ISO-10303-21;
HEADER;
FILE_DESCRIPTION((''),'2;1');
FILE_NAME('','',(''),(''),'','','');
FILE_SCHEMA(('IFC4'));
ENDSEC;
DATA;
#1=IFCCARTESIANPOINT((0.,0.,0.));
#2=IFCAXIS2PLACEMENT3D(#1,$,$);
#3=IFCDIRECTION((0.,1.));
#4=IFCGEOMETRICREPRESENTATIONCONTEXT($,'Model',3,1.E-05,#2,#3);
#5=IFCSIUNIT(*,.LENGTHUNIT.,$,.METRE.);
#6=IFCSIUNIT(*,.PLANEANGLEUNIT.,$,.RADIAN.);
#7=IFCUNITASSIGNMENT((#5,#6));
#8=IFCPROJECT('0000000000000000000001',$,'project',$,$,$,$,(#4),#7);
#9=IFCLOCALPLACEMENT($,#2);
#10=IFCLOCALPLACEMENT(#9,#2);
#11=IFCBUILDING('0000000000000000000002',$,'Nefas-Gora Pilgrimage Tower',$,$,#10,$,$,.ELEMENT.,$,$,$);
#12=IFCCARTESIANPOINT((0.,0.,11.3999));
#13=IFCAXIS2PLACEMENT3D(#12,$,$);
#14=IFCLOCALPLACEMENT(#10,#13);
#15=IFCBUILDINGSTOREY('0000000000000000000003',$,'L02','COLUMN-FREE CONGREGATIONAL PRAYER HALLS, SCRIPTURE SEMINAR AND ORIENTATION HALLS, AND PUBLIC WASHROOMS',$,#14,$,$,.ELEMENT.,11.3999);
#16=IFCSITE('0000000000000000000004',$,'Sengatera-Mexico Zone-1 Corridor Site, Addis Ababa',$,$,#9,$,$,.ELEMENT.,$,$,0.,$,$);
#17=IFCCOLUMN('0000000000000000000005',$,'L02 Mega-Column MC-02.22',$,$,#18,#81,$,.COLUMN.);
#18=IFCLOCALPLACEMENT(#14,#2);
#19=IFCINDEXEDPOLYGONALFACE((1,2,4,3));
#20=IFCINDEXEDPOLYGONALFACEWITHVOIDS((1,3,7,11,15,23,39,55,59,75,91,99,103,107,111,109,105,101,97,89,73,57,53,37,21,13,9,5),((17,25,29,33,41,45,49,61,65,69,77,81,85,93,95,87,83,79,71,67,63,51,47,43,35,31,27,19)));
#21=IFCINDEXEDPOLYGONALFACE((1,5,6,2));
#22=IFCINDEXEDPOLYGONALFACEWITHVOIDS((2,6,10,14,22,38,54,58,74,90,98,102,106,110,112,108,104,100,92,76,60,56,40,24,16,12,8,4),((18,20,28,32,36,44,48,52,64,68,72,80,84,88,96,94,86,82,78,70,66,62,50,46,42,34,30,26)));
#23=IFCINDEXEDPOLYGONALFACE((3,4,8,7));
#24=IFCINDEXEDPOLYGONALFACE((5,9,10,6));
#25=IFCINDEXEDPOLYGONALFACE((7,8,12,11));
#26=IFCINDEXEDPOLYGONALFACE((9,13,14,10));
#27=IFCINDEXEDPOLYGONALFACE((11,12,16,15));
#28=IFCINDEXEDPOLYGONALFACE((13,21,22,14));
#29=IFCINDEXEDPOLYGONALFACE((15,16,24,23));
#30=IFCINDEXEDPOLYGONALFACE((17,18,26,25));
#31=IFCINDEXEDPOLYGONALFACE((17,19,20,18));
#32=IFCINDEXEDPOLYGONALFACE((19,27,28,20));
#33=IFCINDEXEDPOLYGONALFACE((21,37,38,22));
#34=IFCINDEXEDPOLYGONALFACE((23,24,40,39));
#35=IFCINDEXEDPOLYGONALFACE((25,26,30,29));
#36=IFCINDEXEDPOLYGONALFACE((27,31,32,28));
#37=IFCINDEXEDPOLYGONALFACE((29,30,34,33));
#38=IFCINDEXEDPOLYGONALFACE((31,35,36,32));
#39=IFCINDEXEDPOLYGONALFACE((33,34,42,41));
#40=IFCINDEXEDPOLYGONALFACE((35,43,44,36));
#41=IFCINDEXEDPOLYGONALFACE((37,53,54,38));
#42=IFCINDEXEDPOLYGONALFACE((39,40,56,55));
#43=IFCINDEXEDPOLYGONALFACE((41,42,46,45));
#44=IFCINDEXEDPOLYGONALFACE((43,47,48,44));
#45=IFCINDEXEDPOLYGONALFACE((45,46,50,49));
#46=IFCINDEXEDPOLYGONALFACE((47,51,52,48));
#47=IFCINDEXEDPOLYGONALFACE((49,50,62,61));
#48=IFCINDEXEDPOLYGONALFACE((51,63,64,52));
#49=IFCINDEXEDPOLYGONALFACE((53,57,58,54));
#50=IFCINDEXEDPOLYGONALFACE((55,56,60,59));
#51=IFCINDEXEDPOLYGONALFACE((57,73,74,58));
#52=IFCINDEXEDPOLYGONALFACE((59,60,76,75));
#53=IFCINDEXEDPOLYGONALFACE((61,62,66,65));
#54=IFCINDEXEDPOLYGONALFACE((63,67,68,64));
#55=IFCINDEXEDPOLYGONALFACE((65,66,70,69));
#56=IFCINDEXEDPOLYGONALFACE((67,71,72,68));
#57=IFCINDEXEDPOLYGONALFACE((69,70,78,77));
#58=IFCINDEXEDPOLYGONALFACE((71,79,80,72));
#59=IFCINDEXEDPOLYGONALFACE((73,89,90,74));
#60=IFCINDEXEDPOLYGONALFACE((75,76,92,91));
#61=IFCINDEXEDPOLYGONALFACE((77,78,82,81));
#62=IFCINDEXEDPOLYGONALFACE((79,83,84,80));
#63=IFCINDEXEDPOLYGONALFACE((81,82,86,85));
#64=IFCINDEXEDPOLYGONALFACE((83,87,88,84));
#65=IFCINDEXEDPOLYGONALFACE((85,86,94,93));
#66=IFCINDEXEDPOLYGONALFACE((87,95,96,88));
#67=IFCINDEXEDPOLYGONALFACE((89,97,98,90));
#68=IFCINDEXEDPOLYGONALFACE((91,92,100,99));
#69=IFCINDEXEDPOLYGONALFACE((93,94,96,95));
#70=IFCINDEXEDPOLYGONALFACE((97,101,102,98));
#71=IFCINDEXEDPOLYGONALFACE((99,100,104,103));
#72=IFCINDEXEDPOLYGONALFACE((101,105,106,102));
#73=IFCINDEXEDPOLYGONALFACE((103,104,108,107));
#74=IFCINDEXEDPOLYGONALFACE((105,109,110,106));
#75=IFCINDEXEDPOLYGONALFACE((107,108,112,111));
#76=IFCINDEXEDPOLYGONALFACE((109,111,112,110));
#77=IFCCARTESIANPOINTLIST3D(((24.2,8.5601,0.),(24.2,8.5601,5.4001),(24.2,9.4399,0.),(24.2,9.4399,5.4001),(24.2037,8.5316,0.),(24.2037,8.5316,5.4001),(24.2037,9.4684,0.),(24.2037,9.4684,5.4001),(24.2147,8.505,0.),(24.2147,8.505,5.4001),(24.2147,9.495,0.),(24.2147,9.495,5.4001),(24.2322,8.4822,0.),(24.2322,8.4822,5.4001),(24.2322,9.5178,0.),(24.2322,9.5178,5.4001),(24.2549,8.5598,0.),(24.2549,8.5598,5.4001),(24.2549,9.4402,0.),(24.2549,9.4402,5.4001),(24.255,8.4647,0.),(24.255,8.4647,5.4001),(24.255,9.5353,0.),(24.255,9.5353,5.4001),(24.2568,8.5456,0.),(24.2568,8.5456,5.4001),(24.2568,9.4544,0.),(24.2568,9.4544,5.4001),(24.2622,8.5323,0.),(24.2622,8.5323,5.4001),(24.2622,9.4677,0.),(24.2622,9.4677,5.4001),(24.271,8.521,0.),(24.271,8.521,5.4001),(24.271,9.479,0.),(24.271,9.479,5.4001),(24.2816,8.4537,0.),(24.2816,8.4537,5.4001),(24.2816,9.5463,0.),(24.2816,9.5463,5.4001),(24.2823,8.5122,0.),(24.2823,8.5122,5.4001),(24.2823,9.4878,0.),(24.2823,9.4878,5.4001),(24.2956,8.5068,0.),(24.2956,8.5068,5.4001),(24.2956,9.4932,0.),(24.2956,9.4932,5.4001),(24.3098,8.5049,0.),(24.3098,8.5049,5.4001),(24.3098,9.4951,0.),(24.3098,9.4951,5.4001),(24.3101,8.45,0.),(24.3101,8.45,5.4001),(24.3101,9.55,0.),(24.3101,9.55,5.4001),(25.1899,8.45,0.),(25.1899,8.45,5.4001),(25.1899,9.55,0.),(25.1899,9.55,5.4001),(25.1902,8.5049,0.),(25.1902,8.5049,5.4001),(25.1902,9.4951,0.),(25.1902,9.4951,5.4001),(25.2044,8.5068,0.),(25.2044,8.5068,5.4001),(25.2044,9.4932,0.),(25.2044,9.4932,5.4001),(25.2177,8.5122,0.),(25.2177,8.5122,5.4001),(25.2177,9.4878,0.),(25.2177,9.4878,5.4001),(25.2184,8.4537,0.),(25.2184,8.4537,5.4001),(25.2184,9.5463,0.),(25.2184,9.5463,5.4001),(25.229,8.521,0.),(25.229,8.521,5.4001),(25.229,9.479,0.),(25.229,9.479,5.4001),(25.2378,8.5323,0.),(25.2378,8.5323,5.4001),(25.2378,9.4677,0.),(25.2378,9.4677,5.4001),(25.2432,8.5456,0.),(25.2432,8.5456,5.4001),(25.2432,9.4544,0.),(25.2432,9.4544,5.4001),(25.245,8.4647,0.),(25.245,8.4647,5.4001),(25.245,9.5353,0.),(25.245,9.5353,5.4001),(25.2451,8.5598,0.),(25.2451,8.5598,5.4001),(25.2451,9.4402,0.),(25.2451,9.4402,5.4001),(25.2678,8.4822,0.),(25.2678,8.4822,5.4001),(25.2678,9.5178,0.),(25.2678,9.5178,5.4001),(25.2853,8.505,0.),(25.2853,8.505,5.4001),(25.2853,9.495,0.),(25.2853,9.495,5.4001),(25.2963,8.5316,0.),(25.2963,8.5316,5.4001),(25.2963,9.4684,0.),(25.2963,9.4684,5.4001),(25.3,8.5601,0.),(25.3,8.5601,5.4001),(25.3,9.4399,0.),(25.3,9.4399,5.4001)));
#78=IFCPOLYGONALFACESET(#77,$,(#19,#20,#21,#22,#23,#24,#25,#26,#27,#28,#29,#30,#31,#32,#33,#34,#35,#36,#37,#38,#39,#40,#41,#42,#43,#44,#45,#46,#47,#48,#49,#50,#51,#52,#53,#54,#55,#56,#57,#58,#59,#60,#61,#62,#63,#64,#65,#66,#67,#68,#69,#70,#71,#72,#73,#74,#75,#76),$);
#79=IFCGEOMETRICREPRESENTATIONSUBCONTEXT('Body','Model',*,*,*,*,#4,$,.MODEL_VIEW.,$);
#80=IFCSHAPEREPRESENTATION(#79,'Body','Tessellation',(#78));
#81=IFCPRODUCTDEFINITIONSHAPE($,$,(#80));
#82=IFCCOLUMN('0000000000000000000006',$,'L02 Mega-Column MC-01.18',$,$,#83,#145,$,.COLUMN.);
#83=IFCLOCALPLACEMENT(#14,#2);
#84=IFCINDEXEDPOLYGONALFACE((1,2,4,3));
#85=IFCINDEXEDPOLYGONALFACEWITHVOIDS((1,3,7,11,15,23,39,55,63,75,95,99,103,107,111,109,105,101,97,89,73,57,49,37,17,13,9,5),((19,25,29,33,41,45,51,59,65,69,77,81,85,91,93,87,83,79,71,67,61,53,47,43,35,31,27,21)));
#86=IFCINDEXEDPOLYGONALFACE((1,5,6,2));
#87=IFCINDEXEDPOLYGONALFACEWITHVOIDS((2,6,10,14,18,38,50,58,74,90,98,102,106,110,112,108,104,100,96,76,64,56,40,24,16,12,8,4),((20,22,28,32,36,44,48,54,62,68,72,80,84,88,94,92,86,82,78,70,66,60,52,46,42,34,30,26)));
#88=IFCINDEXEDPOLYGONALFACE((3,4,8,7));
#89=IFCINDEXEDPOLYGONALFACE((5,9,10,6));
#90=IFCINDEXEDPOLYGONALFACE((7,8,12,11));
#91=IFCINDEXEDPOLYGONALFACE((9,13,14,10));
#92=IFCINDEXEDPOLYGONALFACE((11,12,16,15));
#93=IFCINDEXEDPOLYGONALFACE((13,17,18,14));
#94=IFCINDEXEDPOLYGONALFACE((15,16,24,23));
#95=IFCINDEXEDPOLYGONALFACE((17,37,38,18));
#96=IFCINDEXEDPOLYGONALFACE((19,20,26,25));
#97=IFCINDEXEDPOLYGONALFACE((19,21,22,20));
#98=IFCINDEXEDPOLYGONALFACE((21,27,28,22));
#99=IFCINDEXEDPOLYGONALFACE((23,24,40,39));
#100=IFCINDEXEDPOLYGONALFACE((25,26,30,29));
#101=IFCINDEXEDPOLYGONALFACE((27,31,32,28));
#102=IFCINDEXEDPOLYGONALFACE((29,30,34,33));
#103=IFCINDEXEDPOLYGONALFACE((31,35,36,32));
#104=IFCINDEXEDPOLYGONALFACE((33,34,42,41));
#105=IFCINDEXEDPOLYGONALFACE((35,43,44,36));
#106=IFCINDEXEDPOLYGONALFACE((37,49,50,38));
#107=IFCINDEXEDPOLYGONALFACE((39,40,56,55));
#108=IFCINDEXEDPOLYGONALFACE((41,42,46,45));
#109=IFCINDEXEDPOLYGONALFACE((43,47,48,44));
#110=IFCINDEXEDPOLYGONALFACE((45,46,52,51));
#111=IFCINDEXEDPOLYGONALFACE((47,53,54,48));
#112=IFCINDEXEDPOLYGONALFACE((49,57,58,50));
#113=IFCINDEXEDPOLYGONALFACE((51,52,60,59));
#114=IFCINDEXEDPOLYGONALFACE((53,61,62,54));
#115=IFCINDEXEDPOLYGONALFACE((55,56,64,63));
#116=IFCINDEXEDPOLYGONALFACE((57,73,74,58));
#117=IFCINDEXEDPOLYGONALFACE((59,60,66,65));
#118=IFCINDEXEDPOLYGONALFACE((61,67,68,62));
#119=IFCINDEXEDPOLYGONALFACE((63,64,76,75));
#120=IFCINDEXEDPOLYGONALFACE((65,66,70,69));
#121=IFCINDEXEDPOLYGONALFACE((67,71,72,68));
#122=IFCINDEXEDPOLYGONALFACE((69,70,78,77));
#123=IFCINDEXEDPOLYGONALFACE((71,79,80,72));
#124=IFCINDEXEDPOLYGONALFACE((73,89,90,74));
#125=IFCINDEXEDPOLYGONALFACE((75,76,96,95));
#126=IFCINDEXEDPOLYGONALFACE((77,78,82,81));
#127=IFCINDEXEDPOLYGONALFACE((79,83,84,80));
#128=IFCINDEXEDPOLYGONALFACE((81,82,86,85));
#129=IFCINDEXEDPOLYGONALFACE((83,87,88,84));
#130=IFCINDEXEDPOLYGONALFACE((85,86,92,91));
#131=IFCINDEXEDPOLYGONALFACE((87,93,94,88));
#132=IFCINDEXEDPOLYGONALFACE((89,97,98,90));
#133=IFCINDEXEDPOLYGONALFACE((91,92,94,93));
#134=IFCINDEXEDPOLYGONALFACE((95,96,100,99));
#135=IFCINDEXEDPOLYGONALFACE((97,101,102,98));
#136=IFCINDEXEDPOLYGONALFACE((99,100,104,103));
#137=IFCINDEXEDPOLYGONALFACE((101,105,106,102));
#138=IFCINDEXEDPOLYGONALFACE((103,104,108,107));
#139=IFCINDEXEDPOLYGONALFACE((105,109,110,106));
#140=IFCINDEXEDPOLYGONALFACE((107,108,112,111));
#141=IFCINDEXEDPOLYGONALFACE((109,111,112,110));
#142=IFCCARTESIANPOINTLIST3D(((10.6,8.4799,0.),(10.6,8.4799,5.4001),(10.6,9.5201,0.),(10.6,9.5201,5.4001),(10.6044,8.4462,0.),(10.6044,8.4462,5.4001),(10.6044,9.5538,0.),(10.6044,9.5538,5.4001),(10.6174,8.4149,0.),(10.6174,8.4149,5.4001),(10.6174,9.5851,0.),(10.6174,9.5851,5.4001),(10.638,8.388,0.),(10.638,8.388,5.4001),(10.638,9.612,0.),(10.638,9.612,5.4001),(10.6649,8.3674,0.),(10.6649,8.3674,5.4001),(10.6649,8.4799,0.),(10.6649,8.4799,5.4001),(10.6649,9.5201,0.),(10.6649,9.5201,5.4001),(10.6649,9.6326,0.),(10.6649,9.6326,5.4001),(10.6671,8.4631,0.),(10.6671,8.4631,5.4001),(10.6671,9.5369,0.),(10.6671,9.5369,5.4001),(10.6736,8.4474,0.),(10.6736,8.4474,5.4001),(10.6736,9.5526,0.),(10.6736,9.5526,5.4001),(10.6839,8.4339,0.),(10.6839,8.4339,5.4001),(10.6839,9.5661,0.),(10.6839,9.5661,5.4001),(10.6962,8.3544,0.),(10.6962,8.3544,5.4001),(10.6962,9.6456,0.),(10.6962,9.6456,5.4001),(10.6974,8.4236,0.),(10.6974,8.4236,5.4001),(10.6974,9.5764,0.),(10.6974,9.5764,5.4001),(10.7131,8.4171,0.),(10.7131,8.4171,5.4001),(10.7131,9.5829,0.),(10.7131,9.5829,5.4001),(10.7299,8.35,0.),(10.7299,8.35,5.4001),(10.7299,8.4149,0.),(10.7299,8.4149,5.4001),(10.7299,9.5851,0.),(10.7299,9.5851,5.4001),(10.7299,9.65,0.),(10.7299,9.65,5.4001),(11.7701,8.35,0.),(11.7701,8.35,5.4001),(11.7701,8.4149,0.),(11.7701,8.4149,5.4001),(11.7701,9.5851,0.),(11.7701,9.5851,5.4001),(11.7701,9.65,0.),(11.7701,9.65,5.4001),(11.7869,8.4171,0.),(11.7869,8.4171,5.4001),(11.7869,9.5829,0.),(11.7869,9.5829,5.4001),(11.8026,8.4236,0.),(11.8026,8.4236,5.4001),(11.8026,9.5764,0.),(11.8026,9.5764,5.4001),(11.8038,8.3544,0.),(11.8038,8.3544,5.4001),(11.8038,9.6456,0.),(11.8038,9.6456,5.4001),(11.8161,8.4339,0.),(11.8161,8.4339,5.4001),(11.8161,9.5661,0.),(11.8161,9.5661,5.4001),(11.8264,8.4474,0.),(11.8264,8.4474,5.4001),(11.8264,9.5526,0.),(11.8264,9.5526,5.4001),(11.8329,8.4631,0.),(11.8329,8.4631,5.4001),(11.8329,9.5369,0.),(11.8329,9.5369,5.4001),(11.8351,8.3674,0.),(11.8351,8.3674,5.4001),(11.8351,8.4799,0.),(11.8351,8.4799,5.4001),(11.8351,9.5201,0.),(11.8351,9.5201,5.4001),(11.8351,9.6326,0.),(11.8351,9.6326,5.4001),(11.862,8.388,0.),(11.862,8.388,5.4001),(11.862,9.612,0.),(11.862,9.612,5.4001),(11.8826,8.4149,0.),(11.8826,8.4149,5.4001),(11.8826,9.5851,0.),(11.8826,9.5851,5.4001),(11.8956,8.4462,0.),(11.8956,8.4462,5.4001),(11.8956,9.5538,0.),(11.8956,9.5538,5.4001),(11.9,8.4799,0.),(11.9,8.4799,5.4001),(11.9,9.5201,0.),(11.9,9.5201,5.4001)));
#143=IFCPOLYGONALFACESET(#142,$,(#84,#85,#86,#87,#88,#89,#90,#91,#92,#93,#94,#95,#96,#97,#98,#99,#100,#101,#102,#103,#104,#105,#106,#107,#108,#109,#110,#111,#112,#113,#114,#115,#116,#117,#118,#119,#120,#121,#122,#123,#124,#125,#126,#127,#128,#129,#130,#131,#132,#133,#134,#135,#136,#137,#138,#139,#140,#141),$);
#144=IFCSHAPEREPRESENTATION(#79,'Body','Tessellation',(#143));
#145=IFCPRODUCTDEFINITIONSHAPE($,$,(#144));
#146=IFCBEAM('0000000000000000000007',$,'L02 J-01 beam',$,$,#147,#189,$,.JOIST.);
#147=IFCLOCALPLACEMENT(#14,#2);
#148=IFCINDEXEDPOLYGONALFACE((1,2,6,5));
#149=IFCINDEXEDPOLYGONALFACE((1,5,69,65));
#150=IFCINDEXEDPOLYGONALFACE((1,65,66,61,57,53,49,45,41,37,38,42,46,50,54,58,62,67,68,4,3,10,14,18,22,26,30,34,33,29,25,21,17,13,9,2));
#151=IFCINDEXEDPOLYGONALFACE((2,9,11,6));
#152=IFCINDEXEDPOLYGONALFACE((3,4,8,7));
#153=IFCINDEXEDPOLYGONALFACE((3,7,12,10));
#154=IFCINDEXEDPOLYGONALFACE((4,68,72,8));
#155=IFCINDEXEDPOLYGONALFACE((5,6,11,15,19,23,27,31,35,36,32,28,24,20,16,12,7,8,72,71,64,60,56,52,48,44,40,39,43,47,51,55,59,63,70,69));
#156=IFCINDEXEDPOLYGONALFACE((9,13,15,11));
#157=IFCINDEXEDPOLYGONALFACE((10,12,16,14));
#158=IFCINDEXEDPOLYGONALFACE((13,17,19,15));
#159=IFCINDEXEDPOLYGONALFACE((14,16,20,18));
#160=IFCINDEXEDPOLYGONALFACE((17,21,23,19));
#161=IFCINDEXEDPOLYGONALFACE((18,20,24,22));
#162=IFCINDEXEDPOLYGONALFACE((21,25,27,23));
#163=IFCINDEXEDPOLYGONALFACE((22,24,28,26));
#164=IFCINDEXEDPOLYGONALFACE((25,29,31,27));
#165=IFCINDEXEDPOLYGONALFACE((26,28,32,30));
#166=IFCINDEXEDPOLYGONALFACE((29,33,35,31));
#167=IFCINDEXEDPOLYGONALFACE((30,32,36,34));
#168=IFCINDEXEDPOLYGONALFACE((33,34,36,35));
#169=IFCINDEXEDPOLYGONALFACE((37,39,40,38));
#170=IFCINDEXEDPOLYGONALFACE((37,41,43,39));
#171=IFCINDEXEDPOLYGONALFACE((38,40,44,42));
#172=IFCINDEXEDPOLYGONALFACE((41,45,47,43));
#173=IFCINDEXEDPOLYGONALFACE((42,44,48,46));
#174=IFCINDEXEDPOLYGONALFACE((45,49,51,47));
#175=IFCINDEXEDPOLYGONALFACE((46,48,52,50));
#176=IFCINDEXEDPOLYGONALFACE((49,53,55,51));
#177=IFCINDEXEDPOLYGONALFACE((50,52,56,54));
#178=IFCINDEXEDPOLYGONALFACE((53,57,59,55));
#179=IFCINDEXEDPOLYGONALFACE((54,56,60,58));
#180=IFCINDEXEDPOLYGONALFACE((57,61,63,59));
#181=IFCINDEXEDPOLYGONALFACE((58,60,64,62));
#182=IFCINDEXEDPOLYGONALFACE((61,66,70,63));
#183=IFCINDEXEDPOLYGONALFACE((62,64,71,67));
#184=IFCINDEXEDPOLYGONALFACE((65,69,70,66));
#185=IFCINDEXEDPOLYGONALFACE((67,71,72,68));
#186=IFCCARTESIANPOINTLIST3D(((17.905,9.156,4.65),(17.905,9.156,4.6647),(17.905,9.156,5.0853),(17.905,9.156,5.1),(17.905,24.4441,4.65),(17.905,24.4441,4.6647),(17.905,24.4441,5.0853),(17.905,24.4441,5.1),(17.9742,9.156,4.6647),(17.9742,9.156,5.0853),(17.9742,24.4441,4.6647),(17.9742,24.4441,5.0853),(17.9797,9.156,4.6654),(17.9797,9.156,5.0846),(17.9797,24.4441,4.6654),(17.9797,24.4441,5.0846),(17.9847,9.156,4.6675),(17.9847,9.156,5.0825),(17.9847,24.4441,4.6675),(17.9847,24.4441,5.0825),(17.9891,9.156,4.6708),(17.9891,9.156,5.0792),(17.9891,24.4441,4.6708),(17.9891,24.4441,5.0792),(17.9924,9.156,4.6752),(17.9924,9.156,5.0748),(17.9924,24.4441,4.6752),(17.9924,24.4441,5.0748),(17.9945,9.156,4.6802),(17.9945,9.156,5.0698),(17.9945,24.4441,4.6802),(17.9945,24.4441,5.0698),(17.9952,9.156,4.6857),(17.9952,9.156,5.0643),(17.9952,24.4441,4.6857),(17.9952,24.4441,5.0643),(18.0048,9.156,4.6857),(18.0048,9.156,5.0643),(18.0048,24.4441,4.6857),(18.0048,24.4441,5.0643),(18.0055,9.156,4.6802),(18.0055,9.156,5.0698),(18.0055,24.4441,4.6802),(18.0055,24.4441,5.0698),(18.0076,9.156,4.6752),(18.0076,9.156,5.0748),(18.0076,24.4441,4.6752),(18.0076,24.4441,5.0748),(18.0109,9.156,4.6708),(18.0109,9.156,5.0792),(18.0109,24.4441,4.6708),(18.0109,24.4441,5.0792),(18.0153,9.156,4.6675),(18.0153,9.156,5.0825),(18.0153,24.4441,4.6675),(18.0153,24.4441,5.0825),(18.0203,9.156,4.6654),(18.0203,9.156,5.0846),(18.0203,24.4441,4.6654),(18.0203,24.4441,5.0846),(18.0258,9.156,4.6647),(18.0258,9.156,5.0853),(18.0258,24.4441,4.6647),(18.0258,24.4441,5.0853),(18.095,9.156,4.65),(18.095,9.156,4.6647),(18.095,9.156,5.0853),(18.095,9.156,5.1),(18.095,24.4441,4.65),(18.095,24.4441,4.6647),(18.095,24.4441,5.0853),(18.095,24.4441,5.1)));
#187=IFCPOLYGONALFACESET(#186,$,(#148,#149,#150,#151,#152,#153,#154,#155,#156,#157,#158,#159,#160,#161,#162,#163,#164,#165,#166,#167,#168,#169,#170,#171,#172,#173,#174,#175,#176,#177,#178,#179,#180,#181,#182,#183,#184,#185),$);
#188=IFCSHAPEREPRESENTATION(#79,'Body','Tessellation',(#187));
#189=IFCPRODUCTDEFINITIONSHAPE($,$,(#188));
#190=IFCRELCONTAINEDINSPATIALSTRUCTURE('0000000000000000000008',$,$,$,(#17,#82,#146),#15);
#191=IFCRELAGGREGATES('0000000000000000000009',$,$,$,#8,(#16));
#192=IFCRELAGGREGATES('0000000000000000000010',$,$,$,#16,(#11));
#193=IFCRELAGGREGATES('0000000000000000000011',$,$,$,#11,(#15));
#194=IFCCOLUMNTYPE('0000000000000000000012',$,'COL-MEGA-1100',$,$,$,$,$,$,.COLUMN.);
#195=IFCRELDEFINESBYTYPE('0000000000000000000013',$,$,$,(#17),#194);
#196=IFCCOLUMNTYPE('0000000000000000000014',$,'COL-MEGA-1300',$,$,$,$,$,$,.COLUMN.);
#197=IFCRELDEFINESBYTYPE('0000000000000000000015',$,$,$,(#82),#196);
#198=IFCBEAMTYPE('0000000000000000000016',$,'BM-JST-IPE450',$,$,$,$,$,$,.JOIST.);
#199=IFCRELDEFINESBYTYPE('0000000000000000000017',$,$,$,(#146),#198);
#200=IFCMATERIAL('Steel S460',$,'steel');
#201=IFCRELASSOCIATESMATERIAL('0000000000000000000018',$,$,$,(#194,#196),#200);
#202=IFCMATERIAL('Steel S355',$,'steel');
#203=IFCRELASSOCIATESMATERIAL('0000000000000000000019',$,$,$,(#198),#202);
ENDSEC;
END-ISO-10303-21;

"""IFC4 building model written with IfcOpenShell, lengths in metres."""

from ifc_helpers import new_model, si_unit, direction, frame, origin, origin_2d, place, context, subcontext, project, spatial, hollow_rectangle, i_section, extrude, source, transform, mapped, material, material_profile, profile_set, type_object, element, save


model = new_model("IFC4")

# Units and contexts
model_context = context("Model", 3, precision=1e-05, world=origin(), true_north=direction((0.0, 1.0)))
body_context = subcontext(model_context, "Body", "Model", "MODEL_VIEW")
ifc_project = project(units=[si_unit("LENGTHUNIT", "METRE"), si_unit("PLANEANGLEUNIT", "RADIAN")], contexts=[model_context])

# Site, building, storey
site_placement = place(None, origin())
site = spatial("IfcSite", under=ifc_project, at=site_placement, Name="Sengatera-Mexico Zone-1 Corridor Site, Addis Ababa", CompositionType="ELEMENT", RefElevation=0.0)
building_placement = place(site_placement, origin())
building = spatial("IfcBuilding", under=site, at=building_placement, Name="Nefas-Gora Pilgrimage Tower", CompositionType="ELEMENT")
storey_placement = place(building_placement, frame((0.0, 0.0, 11.3999)))
storey = spatial("IfcBuildingStorey", under=building, at=storey_placement, Name="L02", Description="COLUMN-FREE CONGREGATIONAL PRAYER HALLS, SCRIPTURE SEMINAR AND ORIENTATION HALLS, AND PUBLIC WASHROOMS", CompositionType="ELEMENT", Elevation=11.3999)

# Columns
ifc_material_1 = material(Name="Steel S460", Category="steel")
ifc_material_profile_1 = material_profile(ifc_material_1, hollow_rectangle(XDim=1.1001, YDim=1.1001, WallThickness=0.0549, InnerFilletRadius=0.0549, OuterFilletRadius=0.1101, at=origin_2d()), Name="BOX 1100x1100x55")
ifc_profile_set_1 = profile_set([ifc_material_profile_1], Name="Steel S460")
column_type_1 = type_object("IfcColumnType", Name="COL-MEGA-1100", PredefinedType="COLUMN", material=ifc_profile_set_1)
shared_shape_1 = source(origin(), body_context, "Body", "SweptSolid", [
    extrude(hollow_rectangle(XDim=1.1001, YDim=1.1001, WallThickness=0.0549, InnerFilletRadius=0.0549, OuterFilletRadius=0.1101, at=origin_2d()), origin(), (0.0, 0.0, 1.0), 5.4001),
])
column_1_placement = place(storey_placement, frame((24.75, 9.0, 0.0), z_axis=(0.0, 0.0, 1.0), x_axis=(1.0, 0.0, 0.0)))
element("IfcColumn", 1, at=column_1_placement, inside=storey, type_object=column_type_1, Name="L02 Mega-Column MC-02.22", PredefinedType="COLUMN", context=body_context, shape_type="MappedRepresentation", body=[
    mapped(shared_shape_1, transform((0.0, 0.0, 0.0), x_axis=(1.0, 0.0, 0.0), y_axis=(0.0, 1.0, 0.0), z_axis=(0.0, 0.0, 1.0), scale=1.0)),
])
ifc_material_profile_2 = material_profile(ifc_material_1, hollow_rectangle(XDim=1.3, YDim=1.3, WallThickness=0.0649, InnerFilletRadius=0.0649, OuterFilletRadius=0.1299, at=origin_2d()), Name="BOX 1300x1300x65")
ifc_profile_set_2 = profile_set([ifc_material_profile_2], Name="Steel S460")
column_type_2 = type_object("IfcColumnType", Name="COL-MEGA-1300", PredefinedType="COLUMN", material=ifc_profile_set_2)
shared_shape_2 = source(origin(), body_context, "Body", "SweptSolid", [
    extrude(hollow_rectangle(XDim=1.3, YDim=1.3, WallThickness=0.0649, InnerFilletRadius=0.0649, OuterFilletRadius=0.1299, at=origin_2d()), origin(), (0.0, 0.0, 1.0), 5.4001),
])
column_2_placement = place(storey_placement, frame((11.25, 9.0, 0.0), z_axis=(0.0, 0.0, 1.0), x_axis=(1.0, 0.0, 0.0)))
element("IfcColumn", 2, at=column_2_placement, inside=storey, type_object=column_type_2, Name="L02 Mega-Column MC-01.18", PredefinedType="COLUMN", context=body_context, shape_type="MappedRepresentation", body=[
    mapped(shared_shape_2, transform((0.0, 0.0, 0.0), x_axis=(1.0, 0.0, 0.0), y_axis=(0.0, 1.0, 0.0), z_axis=(0.0, 0.0, 1.0), scale=1.0)),
])

# Beam
ifc_material_2 = material(Name="Steel S355", Category="steel")
ifc_material_profile_3 = material_profile(ifc_material_2, i_section(OverallWidth=0.1899, OverallDepth=0.45, WebThickness=0.0095, FlangeThickness=0.0146, FilletRadius=0.021, at=origin_2d()), Name="IPE 450")
ifc_profile_set_3 = profile_set([ifc_material_profile_3], Name="Steel S355")
beam_type_1 = type_object("IfcBeamType", Name="BM-JST-IPE450", PredefinedType="JOIST", material=ifc_profile_set_3)
shared_shape_3 = source(origin(), body_context, "Body", "SweptSolid", [
    extrude(i_section(OverallWidth=0.1899, OverallDepth=0.45, WebThickness=0.0095, FlangeThickness=0.0146, FilletRadius=0.021, at=origin_2d()), origin(), (0.0, 0.0, 1.0), 15.2881),
])
beam_1_placement = place(storey_placement, frame((18.0, 9.156, 4.875), z_axis=(0.0, 1.0, 0.0), x_axis=(-1.0, 0.0, 0.0)))
element("IfcBeam", 3, at=beam_1_placement, inside=storey, type_object=beam_type_1, Name="L02 J-01 beam", PredefinedType="JOIST", context=body_context, shape_type="MappedRepresentation", body=[
    mapped(shared_shape_3, transform((0.0, 0.0, 0.0), x_axis=(1.0, 0.0, 0.0), y_axis=(0.0, 1.0, 0.0), z_axis=(0.0, 0.0, 1.0), scale=1.0)),
])

save(model, "model.ifc")
